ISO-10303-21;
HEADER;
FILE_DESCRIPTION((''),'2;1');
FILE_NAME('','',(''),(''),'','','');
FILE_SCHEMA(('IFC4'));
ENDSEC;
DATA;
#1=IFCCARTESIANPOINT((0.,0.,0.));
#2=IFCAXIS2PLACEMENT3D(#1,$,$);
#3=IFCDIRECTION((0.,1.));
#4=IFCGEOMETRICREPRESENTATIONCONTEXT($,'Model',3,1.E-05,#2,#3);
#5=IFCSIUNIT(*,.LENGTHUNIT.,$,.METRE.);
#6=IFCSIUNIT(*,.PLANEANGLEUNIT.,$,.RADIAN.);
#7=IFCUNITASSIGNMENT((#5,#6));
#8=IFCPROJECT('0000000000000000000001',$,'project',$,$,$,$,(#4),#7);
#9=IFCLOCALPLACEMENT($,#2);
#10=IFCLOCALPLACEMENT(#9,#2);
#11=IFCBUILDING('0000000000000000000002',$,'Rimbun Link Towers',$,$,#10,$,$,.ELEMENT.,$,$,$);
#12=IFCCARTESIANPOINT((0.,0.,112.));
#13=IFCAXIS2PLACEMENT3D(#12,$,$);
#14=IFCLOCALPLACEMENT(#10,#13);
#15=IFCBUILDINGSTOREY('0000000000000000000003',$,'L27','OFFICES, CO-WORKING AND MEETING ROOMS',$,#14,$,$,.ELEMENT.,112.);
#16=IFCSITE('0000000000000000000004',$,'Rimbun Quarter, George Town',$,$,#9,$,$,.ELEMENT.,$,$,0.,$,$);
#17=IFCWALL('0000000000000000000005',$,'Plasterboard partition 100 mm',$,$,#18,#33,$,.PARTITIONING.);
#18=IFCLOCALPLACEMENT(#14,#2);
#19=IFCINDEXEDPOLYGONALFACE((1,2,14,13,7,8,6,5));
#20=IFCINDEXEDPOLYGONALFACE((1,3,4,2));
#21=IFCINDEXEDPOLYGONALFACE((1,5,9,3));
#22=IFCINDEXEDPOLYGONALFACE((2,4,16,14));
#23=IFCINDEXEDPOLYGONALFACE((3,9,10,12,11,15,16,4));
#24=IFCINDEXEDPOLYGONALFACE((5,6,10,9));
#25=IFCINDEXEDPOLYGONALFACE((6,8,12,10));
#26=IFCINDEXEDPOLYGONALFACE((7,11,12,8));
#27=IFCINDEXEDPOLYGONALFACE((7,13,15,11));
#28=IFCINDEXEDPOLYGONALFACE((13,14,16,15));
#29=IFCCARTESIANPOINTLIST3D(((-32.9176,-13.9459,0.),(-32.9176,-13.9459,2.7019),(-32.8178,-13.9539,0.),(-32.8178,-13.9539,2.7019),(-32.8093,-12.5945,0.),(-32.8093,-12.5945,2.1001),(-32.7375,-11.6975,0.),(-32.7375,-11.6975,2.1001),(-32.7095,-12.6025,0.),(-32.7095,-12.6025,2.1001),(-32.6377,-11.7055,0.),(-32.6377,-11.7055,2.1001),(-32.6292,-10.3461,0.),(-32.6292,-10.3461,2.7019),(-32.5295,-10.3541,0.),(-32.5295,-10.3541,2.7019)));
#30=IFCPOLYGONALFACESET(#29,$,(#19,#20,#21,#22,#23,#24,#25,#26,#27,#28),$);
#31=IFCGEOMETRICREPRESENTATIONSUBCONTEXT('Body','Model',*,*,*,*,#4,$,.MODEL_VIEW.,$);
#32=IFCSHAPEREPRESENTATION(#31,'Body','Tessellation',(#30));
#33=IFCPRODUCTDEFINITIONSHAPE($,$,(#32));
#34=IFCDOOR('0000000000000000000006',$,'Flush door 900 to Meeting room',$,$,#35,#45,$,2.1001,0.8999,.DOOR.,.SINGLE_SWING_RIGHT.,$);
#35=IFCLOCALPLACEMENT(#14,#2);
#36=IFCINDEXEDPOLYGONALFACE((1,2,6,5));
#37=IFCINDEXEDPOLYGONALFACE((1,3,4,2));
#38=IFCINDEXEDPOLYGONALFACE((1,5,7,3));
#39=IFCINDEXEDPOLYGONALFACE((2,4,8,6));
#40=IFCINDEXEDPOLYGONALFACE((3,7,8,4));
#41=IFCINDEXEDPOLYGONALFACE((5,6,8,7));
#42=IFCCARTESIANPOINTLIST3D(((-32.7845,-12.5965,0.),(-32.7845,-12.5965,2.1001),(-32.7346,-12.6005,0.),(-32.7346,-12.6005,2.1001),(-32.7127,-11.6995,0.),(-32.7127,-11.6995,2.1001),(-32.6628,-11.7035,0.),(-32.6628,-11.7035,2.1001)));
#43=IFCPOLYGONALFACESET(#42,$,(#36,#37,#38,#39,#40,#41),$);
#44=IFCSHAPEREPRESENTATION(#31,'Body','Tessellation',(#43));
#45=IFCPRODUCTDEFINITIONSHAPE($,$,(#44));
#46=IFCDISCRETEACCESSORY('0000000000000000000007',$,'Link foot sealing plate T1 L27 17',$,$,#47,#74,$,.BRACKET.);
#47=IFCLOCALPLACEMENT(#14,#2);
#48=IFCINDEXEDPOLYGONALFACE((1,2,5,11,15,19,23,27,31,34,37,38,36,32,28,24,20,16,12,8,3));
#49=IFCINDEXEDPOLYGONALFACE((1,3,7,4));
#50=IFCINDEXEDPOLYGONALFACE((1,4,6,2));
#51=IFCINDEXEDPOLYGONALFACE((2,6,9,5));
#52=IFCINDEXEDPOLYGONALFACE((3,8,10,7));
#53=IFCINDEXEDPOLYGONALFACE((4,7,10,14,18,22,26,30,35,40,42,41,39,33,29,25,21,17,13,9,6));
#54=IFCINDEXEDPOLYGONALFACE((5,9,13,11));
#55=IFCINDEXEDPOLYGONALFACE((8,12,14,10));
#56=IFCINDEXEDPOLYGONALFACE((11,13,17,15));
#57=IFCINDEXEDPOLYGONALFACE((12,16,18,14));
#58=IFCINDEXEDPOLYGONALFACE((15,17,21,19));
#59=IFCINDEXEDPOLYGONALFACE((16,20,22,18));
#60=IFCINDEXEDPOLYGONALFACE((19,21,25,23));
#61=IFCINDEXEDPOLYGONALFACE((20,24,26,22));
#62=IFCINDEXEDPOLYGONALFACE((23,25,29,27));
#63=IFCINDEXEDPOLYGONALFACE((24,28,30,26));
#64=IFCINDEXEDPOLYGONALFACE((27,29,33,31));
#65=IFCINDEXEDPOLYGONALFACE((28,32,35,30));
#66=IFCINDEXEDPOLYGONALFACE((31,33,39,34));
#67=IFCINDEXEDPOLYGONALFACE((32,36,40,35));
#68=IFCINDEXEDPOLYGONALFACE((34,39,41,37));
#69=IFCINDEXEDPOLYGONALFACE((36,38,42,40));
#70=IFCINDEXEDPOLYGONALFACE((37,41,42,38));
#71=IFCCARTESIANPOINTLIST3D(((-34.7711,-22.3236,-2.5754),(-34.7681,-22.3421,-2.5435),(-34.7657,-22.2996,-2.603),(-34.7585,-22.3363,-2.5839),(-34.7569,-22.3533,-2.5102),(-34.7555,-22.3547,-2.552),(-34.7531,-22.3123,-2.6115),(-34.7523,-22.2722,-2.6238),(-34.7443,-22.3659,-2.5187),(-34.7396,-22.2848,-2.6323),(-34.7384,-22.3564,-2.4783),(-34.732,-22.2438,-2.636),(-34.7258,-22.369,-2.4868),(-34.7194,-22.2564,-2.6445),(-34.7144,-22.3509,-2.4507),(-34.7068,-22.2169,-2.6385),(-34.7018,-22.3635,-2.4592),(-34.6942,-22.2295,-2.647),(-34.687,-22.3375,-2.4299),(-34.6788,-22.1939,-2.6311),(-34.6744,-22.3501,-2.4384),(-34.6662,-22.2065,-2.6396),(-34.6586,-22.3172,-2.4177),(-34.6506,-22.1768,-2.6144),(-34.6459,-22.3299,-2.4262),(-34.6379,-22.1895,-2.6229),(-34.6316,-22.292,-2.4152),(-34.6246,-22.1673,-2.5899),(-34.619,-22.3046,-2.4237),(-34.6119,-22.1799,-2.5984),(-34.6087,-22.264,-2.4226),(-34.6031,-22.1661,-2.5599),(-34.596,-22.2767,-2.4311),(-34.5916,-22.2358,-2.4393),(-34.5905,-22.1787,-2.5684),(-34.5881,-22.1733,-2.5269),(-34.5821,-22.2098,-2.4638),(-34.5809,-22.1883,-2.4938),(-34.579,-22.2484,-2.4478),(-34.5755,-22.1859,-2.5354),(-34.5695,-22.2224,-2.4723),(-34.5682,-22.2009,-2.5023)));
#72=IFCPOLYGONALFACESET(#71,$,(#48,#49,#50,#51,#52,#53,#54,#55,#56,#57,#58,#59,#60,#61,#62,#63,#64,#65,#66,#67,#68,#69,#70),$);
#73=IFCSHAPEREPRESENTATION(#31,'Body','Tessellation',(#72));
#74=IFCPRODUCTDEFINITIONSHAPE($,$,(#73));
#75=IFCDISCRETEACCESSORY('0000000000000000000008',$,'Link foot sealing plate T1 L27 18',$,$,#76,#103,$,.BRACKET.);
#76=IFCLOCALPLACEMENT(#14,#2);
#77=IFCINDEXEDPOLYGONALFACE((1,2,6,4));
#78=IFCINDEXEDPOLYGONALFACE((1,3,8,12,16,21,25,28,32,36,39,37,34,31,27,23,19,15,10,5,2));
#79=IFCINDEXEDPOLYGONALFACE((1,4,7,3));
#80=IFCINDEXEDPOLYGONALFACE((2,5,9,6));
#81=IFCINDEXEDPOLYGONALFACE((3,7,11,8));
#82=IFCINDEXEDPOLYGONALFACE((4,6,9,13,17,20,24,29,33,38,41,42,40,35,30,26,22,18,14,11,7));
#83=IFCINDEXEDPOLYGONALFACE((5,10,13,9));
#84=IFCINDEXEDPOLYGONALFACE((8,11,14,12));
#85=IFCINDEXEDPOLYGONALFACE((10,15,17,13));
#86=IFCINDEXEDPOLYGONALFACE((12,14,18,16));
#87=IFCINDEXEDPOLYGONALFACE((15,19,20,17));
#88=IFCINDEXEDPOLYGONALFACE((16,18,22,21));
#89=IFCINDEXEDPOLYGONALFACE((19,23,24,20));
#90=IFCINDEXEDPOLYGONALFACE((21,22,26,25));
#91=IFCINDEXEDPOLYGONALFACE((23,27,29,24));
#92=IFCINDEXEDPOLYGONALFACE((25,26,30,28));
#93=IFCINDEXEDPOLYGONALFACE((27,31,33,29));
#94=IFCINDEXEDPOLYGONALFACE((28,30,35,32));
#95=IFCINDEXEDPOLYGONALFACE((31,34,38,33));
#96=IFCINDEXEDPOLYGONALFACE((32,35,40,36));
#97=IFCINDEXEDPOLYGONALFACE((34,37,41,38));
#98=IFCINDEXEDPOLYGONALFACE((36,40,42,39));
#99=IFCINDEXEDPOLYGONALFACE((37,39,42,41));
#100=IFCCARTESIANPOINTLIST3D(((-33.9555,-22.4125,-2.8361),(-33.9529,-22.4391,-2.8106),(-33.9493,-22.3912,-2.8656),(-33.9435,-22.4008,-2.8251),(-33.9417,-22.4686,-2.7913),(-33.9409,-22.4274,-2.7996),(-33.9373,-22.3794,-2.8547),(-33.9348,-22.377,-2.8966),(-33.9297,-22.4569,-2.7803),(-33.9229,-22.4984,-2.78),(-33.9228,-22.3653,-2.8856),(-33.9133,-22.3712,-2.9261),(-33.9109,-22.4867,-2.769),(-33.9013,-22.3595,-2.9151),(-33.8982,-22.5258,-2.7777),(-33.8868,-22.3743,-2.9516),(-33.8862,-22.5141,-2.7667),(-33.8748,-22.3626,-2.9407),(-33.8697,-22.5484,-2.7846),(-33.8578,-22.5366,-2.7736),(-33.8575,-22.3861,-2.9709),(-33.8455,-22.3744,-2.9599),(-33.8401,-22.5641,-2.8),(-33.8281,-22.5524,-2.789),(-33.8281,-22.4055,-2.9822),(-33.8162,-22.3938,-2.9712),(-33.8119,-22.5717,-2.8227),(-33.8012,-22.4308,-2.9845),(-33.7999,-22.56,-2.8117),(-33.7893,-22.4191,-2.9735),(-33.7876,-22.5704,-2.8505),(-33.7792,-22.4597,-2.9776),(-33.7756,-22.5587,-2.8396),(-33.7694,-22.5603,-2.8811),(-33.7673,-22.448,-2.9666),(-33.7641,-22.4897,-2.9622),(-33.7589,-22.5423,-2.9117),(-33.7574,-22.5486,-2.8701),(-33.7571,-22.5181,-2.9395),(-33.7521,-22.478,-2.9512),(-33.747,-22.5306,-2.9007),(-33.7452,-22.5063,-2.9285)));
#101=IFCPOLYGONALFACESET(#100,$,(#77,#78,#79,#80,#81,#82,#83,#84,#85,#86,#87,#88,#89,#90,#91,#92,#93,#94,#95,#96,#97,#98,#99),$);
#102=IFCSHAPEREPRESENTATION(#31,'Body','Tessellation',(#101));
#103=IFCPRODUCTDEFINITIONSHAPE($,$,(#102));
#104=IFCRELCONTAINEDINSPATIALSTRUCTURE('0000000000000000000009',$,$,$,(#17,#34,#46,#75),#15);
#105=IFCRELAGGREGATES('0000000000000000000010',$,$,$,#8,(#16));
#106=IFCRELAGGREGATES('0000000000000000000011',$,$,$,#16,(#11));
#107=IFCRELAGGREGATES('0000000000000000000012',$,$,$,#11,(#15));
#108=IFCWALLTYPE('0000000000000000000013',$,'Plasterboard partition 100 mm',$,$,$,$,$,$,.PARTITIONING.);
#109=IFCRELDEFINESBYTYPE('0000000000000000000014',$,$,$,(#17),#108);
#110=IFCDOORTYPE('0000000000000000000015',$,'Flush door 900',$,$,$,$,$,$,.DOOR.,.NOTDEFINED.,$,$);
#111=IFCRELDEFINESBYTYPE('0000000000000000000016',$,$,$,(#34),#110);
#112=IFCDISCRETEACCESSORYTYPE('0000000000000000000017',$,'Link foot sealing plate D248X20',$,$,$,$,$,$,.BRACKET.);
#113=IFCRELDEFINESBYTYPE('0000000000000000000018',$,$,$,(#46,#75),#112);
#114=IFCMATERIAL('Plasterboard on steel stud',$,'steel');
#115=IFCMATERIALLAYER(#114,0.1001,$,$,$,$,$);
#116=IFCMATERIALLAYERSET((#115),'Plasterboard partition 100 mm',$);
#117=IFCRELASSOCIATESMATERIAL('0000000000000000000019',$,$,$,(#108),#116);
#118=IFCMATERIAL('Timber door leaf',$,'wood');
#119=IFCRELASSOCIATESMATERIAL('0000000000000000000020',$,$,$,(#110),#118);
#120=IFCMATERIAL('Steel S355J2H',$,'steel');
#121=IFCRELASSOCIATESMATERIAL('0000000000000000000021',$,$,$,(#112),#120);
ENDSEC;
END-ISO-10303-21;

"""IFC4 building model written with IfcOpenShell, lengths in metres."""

from ifc_helpers import new_model, si_unit, direction, frame, frame_2d, origin, origin_2d, place, context, subcontext, project, spatial, rectangle, circle, extrude, material, layer, layer_set, material_profile, profile_set, type_object, element, fill, save


model = new_model("IFC4")

# Units and contexts
model_context = context("Model", 3, precision=1e-05, world=origin(), true_north=direction((0.0, 1.0)))
body_context = subcontext(model_context, "Body", "Model", "MODEL_VIEW")
ifc_project = project(units=[si_unit("LENGTHUNIT", "METRE"), si_unit("PLANEANGLEUNIT", "RADIAN")], contexts=[model_context])

# Site, building, storey
site_placement = place(None, origin())
site = spatial("IfcSite", under=ifc_project, at=site_placement, Name="Rimbun Quarter, George Town", CompositionType="ELEMENT", RefElevation=0.0)
building_placement = place(site_placement, origin())
building = spatial("IfcBuilding", under=site, at=building_placement, Name="Rimbun Link Towers", CompositionType="ELEMENT")
storey_placement = place(building_placement, frame((0.0, 0.0, 112.0)))
storey = spatial("IfcBuildingStorey", under=building, at=storey_placement, Name="L27", Description="OFFICES, CO-WORKING AND MEETING ROOMS", CompositionType="ELEMENT", Elevation=112.0)

# Wall, opening, door
ifc_material_1 = material(Name="Plasterboard on steel stud", Category="steel")
ifc_layer_1 = layer(ifc_material_1, 0.1001)
ifc_layer_set_1 = layer_set([ifc_layer_1], Name="Plasterboard partition 100 mm")
wall_type = type_object("IfcWallType", Name="Plasterboard partition 100 mm", PredefinedType="PARTITIONING", material=ifc_layer_set_1)
wall_placement = place(storey_placement, frame((-32.5793, -10.3501, 0.0), z_axis=(0.0, 0.0, 1.0), x_axis=(-0.079839, -0.996808, 0.0)))
wall = element("IfcWall", 1, at=wall_placement, inside=storey, type_object=wall_type, Name="Plasterboard partition 100 mm", PredefinedType="PARTITIONING", context=body_context, shape_type="SweptSolid", body=[
    extrude(rectangle(XDim=3.6113, YDim=0.1001, at=frame_2d((1.8057, 0.0))), origin(), (0.0, 0.0, 1.0), 2.7019),
])
opening_placement = place(wall_placement, frame((1.3557, 0.0, 0.0)))
opening = element("IfcOpeningElement", 2, at=opening_placement, cuts=wall, PredefinedType="OPENING", context=body_context, shape_type="SweptSolid", body=[
    extrude(rectangle(XDim=0.8999, YDim=2.1001, at=frame_2d((0.45, 1.05))), frame((0.0, 0.0601, 0.0), z_axis=(0.0, -1.0, 0.0), x_axis=(1.0, 0.0, 0.0)), (0.0, 0.0, 1.0), 0.1201),
])
ifc_material_2 = material(Name="Timber door leaf", Category="wood")
door_type = type_object("IfcDoorType", Name="Flush door 900", OperationType="NOTDEFINED", PredefinedType="DOOR", material=ifc_material_2)
door_placement = place(opening_placement, origin())
door = element("IfcDoor", 3, at=door_placement, inside=storey, type_object=door_type, Name="Flush door 900 to Meeting room", OperationType="SINGLE_SWING_RIGHT", OverallHeight=2.1001, OverallWidth=0.8999, PredefinedType="DOOR", context=body_context, shape_type="SweptSolid", body=[
    extrude(rectangle(XDim=0.8999, YDim=2.1001, at=frame_2d((0.45, 1.05))), frame((0.0, 0.0249, 0.0), z_axis=(0.0, -1.0, 0.0), x_axis=(1.0, 0.0, 0.0)), (0.0, 0.0, 1.0), 0.05),
])
fill(opening, door)

# Discrete accessories
ifc_material_3 = material(Name="Steel S355J2H", Category="steel")
ifc_material_profile_1 = material_profile(ifc_material_3, circle(Radius=0.124, at=origin_2d()), Name="PL D248")
ifc_profile_set_1 = profile_set([ifc_material_profile_1], Name="Steel S355J2H")
discrete_accessory_type = type_object("IfcDiscreteAccessoryType", Name="Link foot sealing plate D248X20", PredefinedType="BRACKET", material=ifc_profile_set_1)
discrete_accessory_1_placement = place(storey_placement, frame((-34.6758, -22.261, -2.5269), z_axis=(0.638482, -0.638482, -0.429747), x_axis=(0.707107, 0.707107, 0.0)))
element("IfcDiscreteAccessory", 4, at=discrete_accessory_1_placement, inside=storey, type_object=discrete_accessory_type, Name="Link foot sealing plate T1 L27 17", PredefinedType="BRACKET", context=body_context, shape_type="SweptSolid", body=[
    extrude(circle(Radius=0.124, at=origin_2d()), origin(), (0.0, 0.0, 1.0), 0.0198),
])
discrete_accessory_2_placement = place(storey_placement, frame((-33.8442, -22.46, -2.8701), z_axis=(-0.597295, -0.585105, -0.548536), x_axis=(0.69978, -0.714359, 0.0)))
element("IfcDiscreteAccessory", 5, at=discrete_accessory_2_placement, inside=storey, type_object=discrete_accessory_type, Name="Link foot sealing plate T1 L27 18", PredefinedType="BRACKET", context=body_context, shape_type="SweptSolid", body=[
    extrude(circle(Radius=0.124, at=origin_2d()), origin(), (0.0, 0.0, 1.0), 0.02),
])

save(model, "model.ifc")
